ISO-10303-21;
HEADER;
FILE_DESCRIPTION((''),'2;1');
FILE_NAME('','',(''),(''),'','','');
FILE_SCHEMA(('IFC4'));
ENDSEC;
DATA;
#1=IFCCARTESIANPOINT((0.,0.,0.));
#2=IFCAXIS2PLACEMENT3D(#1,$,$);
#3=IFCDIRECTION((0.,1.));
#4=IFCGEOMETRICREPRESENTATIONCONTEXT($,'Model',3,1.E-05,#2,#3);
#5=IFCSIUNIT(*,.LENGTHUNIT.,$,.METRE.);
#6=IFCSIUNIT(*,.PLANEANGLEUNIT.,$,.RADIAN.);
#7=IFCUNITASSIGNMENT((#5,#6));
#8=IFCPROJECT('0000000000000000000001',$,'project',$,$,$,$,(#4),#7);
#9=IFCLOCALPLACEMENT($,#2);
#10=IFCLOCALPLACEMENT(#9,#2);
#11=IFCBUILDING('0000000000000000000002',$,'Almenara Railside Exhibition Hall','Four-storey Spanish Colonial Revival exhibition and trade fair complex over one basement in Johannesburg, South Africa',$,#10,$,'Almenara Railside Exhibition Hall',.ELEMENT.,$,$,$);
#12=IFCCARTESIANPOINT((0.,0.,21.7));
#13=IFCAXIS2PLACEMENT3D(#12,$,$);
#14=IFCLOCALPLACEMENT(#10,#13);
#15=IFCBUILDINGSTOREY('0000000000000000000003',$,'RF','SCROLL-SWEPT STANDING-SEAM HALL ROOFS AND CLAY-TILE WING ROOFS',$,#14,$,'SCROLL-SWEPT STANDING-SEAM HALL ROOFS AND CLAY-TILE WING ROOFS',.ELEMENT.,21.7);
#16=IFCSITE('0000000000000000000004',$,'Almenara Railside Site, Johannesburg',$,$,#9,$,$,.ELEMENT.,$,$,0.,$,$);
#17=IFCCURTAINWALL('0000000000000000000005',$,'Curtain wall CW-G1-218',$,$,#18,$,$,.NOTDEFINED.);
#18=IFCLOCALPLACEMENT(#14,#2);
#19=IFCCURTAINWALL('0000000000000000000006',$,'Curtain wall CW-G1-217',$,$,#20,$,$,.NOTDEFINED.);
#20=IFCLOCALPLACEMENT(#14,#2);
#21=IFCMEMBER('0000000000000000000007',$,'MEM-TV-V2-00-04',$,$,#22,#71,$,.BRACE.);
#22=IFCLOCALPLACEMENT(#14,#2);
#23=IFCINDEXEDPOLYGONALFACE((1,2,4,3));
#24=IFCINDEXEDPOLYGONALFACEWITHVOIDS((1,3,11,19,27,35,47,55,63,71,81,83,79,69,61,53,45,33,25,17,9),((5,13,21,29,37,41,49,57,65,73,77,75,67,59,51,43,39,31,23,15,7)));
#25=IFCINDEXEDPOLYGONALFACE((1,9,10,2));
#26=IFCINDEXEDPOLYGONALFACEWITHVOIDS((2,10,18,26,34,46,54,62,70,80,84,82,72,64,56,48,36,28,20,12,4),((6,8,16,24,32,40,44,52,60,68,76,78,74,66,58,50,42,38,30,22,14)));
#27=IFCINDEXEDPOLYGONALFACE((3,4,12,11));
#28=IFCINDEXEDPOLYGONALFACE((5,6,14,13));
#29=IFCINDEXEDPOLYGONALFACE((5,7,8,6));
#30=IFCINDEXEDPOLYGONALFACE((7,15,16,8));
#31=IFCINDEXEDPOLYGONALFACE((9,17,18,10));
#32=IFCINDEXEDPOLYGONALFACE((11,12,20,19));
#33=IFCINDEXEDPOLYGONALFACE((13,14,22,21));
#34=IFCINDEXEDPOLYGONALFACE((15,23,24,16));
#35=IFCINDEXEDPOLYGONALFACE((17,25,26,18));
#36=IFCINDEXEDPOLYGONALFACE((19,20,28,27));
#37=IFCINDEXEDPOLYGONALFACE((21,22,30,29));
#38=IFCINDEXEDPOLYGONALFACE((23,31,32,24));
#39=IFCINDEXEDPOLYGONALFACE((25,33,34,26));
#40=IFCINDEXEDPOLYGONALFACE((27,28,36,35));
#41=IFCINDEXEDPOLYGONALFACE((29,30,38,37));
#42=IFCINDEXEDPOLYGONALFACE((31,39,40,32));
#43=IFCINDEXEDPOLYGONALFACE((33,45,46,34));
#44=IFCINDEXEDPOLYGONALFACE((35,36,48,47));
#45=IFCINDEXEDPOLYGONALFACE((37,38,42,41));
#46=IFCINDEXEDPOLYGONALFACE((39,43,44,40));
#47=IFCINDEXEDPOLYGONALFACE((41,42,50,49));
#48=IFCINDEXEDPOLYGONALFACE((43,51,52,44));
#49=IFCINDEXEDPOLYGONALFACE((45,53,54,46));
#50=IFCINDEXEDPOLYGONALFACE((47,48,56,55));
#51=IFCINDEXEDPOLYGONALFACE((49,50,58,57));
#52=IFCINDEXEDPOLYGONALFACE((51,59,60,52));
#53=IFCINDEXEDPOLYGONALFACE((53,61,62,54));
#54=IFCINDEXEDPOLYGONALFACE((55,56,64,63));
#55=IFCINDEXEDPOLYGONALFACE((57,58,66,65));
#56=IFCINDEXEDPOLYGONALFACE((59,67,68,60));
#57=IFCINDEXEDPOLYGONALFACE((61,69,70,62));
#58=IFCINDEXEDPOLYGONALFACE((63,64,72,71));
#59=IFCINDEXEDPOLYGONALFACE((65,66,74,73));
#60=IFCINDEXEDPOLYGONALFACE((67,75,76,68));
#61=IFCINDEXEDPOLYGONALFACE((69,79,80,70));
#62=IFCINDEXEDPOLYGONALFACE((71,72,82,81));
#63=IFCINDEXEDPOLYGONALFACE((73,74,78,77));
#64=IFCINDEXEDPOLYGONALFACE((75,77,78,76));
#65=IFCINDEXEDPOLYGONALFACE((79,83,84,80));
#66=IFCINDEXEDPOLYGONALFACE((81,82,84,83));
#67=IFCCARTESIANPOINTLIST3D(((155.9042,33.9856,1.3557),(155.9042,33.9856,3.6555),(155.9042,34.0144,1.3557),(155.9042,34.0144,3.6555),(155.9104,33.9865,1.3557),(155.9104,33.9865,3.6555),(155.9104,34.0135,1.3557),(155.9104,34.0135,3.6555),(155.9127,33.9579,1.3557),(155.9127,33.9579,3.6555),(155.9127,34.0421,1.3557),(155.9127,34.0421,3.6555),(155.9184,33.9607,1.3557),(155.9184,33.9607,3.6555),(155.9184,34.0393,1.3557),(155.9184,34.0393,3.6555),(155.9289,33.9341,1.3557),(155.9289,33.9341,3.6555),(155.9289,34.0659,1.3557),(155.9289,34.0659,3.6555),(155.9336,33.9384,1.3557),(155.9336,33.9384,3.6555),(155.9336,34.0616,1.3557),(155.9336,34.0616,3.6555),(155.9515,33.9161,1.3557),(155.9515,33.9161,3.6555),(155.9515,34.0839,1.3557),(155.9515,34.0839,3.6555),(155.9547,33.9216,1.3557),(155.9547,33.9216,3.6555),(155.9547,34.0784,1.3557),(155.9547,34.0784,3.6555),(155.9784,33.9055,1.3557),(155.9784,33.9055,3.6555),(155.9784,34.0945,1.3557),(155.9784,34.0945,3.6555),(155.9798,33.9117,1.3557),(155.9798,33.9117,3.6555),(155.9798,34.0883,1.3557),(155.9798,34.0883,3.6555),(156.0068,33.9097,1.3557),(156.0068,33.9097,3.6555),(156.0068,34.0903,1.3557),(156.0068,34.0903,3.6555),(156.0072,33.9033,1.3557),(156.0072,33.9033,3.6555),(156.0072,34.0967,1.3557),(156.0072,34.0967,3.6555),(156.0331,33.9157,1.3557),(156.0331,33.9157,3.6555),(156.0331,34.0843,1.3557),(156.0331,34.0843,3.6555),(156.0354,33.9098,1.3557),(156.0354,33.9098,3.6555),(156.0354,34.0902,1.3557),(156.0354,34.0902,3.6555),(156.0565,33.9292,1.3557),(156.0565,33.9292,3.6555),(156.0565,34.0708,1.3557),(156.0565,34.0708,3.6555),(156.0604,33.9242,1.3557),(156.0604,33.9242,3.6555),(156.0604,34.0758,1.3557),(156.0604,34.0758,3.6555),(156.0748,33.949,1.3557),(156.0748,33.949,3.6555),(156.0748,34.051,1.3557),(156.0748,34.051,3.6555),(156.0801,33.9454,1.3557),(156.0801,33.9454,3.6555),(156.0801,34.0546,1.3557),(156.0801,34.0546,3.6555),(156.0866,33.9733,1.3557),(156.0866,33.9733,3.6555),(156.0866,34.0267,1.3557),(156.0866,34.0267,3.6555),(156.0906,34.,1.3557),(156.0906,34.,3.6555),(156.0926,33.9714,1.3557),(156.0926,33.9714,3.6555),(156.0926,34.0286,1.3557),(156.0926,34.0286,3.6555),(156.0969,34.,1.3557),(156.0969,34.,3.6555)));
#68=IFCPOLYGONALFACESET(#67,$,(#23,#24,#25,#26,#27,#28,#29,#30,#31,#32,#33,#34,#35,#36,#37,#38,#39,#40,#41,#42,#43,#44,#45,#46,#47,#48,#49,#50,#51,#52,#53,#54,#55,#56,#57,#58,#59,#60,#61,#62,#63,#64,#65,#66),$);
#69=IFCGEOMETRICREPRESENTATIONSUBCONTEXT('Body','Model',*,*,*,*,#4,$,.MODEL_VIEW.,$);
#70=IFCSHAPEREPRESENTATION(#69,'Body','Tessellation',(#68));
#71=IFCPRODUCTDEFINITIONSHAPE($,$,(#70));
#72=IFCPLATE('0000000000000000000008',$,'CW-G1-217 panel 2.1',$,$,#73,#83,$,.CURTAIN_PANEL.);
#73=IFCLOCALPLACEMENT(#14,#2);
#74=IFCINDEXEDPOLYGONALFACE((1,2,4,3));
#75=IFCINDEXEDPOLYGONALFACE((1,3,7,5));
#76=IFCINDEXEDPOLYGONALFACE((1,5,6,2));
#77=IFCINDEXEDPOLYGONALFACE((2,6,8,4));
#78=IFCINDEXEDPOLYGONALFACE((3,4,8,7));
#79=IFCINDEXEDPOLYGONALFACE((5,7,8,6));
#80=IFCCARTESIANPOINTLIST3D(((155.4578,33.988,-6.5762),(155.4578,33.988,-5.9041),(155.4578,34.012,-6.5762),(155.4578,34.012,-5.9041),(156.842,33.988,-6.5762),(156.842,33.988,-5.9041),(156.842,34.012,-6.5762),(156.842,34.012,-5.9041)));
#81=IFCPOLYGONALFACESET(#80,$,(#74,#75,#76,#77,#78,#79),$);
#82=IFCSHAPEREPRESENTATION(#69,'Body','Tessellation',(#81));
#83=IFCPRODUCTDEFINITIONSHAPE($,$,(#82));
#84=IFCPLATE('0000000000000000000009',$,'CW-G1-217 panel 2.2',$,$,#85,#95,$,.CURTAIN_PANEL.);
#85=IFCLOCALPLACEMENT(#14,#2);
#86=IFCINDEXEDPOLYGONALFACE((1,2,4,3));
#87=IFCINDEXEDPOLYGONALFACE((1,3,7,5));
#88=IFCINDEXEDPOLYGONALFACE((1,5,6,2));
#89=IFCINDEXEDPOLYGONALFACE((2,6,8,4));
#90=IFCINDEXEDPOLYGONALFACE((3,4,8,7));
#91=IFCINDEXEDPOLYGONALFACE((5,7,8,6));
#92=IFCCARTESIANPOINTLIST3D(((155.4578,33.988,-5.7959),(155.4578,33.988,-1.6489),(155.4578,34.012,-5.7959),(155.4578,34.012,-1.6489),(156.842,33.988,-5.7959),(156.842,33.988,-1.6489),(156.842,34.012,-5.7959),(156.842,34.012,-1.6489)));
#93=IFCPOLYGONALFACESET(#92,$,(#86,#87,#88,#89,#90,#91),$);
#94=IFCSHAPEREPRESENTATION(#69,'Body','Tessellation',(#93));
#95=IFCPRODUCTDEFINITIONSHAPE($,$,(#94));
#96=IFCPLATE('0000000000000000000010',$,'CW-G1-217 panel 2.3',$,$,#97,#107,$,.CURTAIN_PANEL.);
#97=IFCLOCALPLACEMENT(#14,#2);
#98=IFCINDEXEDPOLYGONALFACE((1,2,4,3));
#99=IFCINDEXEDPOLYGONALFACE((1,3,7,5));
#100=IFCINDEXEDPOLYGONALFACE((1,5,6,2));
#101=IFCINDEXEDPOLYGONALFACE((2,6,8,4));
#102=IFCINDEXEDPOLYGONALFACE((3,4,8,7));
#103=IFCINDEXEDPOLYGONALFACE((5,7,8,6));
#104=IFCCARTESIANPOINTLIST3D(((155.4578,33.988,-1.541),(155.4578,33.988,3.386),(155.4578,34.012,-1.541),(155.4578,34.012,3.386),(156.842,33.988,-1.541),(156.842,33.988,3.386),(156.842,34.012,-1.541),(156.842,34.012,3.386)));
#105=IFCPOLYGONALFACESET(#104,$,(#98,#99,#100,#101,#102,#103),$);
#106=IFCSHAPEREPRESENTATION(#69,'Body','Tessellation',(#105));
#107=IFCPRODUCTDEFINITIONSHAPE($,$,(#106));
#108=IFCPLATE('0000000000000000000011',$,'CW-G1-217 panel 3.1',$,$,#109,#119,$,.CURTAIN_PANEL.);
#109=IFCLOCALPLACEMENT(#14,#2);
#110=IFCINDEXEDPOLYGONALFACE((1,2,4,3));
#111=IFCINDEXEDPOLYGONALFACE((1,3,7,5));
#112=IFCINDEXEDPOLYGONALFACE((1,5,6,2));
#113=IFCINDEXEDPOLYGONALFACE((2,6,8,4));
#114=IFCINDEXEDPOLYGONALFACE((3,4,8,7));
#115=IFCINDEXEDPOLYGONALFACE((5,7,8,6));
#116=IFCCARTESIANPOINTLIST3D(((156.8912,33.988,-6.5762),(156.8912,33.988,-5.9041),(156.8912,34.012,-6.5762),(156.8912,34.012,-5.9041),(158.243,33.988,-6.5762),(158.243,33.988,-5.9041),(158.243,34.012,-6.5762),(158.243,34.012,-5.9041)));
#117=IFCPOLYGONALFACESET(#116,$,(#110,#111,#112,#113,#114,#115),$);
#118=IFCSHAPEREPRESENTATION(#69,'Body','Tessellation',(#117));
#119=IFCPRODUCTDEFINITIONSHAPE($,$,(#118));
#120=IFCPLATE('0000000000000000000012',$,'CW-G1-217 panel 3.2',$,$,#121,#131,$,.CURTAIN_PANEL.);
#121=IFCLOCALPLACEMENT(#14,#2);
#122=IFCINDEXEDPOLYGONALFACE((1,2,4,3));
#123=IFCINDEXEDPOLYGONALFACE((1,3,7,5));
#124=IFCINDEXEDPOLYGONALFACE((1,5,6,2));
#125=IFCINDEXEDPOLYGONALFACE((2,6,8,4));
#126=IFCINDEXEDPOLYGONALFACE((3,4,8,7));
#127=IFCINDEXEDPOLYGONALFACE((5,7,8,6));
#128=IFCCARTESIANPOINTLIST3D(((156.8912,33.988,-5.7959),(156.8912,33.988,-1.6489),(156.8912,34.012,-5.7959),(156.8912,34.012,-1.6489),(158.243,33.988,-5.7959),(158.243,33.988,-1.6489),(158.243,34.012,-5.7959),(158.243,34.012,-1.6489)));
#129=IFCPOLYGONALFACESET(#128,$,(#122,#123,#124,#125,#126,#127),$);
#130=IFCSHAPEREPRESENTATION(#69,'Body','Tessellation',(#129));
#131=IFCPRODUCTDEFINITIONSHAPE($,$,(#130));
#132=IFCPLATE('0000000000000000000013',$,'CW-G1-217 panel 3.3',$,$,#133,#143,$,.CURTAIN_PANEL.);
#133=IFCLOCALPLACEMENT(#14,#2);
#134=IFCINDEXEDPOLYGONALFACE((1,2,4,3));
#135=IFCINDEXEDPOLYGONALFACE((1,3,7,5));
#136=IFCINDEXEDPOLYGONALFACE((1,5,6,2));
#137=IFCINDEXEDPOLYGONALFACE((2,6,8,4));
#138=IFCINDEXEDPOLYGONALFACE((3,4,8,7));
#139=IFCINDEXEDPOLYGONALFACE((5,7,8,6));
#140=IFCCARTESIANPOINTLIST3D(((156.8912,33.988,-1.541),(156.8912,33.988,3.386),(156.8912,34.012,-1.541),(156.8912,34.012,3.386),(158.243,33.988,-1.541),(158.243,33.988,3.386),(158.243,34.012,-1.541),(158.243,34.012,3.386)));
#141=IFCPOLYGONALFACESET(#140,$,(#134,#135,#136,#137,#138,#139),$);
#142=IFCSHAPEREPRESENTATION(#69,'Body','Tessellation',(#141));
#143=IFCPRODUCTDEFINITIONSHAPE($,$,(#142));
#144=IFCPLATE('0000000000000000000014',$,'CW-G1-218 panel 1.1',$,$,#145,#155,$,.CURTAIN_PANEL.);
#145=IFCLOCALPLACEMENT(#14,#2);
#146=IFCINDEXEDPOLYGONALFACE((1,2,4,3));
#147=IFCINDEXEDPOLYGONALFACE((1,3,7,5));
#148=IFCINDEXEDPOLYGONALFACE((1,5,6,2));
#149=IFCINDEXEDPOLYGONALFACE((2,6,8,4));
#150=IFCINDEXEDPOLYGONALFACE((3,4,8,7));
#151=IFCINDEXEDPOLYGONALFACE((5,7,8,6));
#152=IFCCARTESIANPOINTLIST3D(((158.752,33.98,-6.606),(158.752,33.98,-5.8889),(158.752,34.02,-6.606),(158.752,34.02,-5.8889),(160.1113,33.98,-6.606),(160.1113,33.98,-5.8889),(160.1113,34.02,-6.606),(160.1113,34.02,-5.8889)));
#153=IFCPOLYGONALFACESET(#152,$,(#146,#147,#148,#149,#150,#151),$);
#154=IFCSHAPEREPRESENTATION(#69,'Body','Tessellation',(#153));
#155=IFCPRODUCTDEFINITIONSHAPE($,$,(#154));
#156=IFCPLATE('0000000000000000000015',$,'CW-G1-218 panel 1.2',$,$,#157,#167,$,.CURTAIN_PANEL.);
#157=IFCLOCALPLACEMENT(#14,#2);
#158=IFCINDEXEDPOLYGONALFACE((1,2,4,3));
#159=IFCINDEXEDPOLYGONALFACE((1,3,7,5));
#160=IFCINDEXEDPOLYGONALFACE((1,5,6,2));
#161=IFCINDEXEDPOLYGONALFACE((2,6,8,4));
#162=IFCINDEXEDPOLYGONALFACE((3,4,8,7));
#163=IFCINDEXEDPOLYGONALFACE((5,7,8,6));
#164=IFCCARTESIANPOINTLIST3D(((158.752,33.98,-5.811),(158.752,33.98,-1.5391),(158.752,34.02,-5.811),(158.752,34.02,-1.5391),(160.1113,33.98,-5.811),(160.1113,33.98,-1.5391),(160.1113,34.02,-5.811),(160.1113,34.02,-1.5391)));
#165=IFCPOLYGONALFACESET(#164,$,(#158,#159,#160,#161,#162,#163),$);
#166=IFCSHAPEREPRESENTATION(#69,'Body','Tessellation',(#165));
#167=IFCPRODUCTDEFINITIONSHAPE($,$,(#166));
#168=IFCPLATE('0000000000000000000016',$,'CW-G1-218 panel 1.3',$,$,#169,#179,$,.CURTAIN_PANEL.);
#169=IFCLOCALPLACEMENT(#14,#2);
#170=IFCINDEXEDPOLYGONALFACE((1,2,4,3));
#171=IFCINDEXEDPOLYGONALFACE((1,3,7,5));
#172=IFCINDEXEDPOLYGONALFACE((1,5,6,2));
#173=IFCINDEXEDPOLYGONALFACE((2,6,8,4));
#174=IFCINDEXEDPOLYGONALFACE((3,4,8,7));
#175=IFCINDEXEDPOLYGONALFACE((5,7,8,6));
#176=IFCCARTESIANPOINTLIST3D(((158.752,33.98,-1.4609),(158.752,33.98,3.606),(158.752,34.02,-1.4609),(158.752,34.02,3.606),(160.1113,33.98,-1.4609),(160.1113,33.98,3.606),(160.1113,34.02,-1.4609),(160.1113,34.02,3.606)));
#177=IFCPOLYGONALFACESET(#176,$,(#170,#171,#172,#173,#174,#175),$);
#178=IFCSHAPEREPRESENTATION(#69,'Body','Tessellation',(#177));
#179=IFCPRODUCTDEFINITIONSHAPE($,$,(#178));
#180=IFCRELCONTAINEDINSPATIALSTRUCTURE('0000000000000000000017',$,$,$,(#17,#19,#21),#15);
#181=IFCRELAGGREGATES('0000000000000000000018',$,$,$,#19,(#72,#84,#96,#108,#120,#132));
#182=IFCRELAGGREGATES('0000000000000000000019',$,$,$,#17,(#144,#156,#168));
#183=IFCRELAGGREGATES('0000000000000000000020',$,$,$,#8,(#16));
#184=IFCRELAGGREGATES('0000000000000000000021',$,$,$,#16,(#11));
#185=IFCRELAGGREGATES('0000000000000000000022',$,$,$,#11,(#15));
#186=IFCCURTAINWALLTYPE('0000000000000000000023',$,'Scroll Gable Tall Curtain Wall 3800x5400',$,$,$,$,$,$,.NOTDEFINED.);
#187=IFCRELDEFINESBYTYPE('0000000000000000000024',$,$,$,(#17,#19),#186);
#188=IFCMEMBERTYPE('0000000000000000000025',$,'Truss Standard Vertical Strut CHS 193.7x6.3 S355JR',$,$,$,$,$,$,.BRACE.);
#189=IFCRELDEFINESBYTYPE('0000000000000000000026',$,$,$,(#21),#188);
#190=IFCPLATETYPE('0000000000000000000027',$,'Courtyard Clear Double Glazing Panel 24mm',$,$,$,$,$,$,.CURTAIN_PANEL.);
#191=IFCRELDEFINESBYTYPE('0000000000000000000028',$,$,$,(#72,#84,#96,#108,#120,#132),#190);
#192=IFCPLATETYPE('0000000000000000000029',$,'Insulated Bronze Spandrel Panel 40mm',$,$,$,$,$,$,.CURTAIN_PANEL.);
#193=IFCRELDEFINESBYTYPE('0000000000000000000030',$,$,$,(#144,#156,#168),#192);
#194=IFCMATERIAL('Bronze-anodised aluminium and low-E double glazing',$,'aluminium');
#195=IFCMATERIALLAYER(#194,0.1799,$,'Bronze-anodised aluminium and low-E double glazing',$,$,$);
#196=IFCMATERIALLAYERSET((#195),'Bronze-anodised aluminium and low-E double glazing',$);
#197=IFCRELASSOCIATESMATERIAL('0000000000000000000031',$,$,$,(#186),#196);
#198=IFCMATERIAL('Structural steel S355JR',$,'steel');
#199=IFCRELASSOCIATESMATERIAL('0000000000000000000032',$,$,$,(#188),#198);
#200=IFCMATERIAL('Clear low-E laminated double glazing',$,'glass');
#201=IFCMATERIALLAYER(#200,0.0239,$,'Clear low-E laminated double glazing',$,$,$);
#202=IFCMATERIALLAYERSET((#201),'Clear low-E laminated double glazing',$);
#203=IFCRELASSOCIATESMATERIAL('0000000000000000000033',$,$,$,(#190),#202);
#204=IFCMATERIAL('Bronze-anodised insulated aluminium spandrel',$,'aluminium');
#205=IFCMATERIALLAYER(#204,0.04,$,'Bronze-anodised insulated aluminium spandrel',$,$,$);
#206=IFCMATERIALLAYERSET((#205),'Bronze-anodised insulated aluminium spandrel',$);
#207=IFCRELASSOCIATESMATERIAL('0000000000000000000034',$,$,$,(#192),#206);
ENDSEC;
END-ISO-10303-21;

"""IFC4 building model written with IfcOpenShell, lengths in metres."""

from ifc_helpers import new_model, si_unit, direction, frame, origin, origin_2d, place, context, subcontext, project, spatial, rectangle, hollow_circle, extrude, material, layer, layer_set, material_profile, profile_set, type_object, element, aggregate, save


model = new_model("IFC4")

# Units and contexts
model_context = context("Model", 3, precision=1e-05, world=origin(), true_north=direction((0.0, 1.0)))
body_context = subcontext(model_context, "Body", "Model", "MODEL_VIEW")
ifc_project = project(units=[si_unit("LENGTHUNIT", "METRE"), si_unit("PLANEANGLEUNIT", "RADIAN")], contexts=[model_context])

# Site, building, storey
site_placement = place(None, origin())
site = spatial("IfcSite", under=ifc_project, at=site_placement, Name="Almenara Railside Site, Johannesburg", CompositionType="ELEMENT", RefElevation=0.0)
building_placement = place(site_placement, origin())
building = spatial("IfcBuilding", under=site, at=building_placement, Name="Almenara Railside Exhibition Hall", Description="Four-storey Spanish Colonial Revival exhibition and trade fair complex over one basement in Johannesburg, South Africa", LongName="Almenara Railside Exhibition Hall", CompositionType="ELEMENT")
storey_placement = place(building_placement, frame((0.0, 0.0, 21.7)))
storey = spatial("IfcBuildingStorey", under=building, at=storey_placement, Name="RF", Description="SCROLL-SWEPT STANDING-SEAM HALL ROOFS AND CLAY-TILE WING ROOFS", LongName="SCROLL-SWEPT STANDING-SEAM HALL ROOFS AND CLAY-TILE WING ROOFS", CompositionType="ELEMENT", Elevation=21.7)

# Shared definitions
ifc_material_1 = material(Name="Structural steel S355JR", Category="steel")

# Curtain walls
ifc_material_2 = material(Name="Bronze-anodised aluminium and low-E double glazing", Category="aluminium")
ifc_layer_1 = layer(ifc_material_2, 0.1799, Name="Bronze-anodised aluminium and low-E double glazing")
ifc_layer_set_1 = layer_set([ifc_layer_1], Name="Bronze-anodised aluminium and low-E double glazing")
curtain_wall_type = type_object("IfcCurtainWallType", Name="Scroll Gable Tall Curtain Wall 3800x5400", PredefinedType="NOTDEFINED", material=ifc_layer_set_1)
curtain_wall_1_placement = place(storey_placement, origin())
curtain_wall_1 = element("IfcCurtainWall", 1, at=curtain_wall_1_placement, inside=storey, type_object=curtain_wall_type, Name="Curtain wall CW-G1-218", PredefinedType="NOTDEFINED")
curtain_wall_2_placement = place(storey_placement, origin())
curtain_wall_2 = element("IfcCurtainWall", 2, at=curtain_wall_2_placement, inside=storey, type_object=curtain_wall_type, Name="Curtain wall CW-G1-217", PredefinedType="NOTDEFINED")

# Member
ifc_material_profile_1 = material_profile(ifc_material_1, hollow_circle(Radius=0.0969, WallThickness=0.0063, at=origin_2d()), Name="CHS 193.7x6.3")
ifc_profile_set_1 = profile_set([ifc_material_profile_1], Name="Structural steel S355JR")
member_type_1 = type_object("IfcMemberType", Name="Truss Standard Vertical Strut CHS 193.7x6.3 S355JR", PredefinedType="BRACE", material=ifc_profile_set_1)
member_1_placement = place(storey_placement, frame((156.0, 34.0, 1.3557), z_axis=(0.0, 0.0, 1.0), x_axis=(1.0, 0.0, 0.0)))
element("IfcMember", 3, at=member_1_placement, inside=storey, type_object=member_type_1, Name="MEM-TV-V2-00-04", PredefinedType="BRACE", context=body_context, shape_type="SweptSolid", body=[
    extrude(hollow_circle(Radius=0.0969, WallThickness=0.0063, at=origin_2d()), origin(), (0.0, 0.0, 1.0), 2.2998),
])

# Plates
ifc_material_3 = material(Name="Clear low-E laminated double glazing", Category="glass")
ifc_layer_2 = layer(ifc_material_3, 0.0239, Name="Clear low-E laminated double glazing")
ifc_layer_set_2 = layer_set([ifc_layer_2], Name="Clear low-E laminated double glazing")
plate_type_1 = type_object("IfcPlateType", Name="Courtyard Clear Double Glazing Panel 24mm", PredefinedType="CURTAIN_PANEL", material=ifc_layer_set_2)
plate_1_placement = place(storey_placement, frame((156.1499, 34.0, -6.5762), z_axis=(0.0, 0.0, 1.0), x_axis=(1.0, 0.0, 0.0)))
plate_1 = element("IfcPlate", 4, at=plate_1_placement, type_object=plate_type_1, Name="CW-G1-217 panel 2.1", PredefinedType="CURTAIN_PANEL", context=body_context, shape_type="SweptSolid", body=[
    extrude(rectangle(XDim=1.3843, YDim=0.0239, at=origin_2d()), origin(), (0.0, 0.0, 1.0), 0.6721),
])
plate_2_placement = place(storey_placement, frame((156.1499, 34.0, -5.7959), z_axis=(0.0, 0.0, 1.0), x_axis=(1.0, 0.0, 0.0)))
plate_2 = element("IfcPlate", 5, at=plate_2_placement, type_object=plate_type_1, Name="CW-G1-217 panel 2.2", PredefinedType="CURTAIN_PANEL", context=body_context, shape_type="SweptSolid", body=[
    extrude(rectangle(XDim=1.3843, YDim=0.0239, at=origin_2d()), origin(), (0.0, 0.0, 1.0), 4.147),
])
plate_3_placement = place(storey_placement, frame((156.1499, 34.0, -1.541), z_axis=(0.0, 0.0, 1.0), x_axis=(1.0, 0.0, 0.0)))
plate_3 = element("IfcPlate", 6, at=plate_3_placement, type_object=plate_type_1, Name="CW-G1-217 panel 2.3", PredefinedType="CURTAIN_PANEL", context=body_context, shape_type="SweptSolid", body=[
    extrude(rectangle(XDim=1.3843, YDim=0.0239, at=origin_2d()), origin(), (0.0, 0.0, 1.0), 4.927),
])
plate_4_placement = place(storey_placement, frame((157.5671, 34.0, -6.5762), z_axis=(0.0, 0.0, 1.0), x_axis=(1.0, 0.0, 0.0)))
plate_4 = element("IfcPlate", 7, at=plate_4_placement, type_object=plate_type_1, Name="CW-G1-217 panel 3.1", PredefinedType="CURTAIN_PANEL", context=body_context, shape_type="SweptSolid", body=[
    extrude(rectangle(XDim=1.3518, YDim=0.0239, at=origin_2d()), origin(), (0.0, 0.0, 1.0), 0.6721),
])
plate_5_placement = place(storey_placement, frame((157.5671, 34.0, -5.7959), z_axis=(0.0, 0.0, 1.0), x_axis=(1.0, 0.0, 0.0)))
plate_5 = element("IfcPlate", 8, at=plate_5_placement, type_object=plate_type_1, Name="CW-G1-217 panel 3.2", PredefinedType="CURTAIN_PANEL", context=body_context, shape_type="SweptSolid", body=[
    extrude(rectangle(XDim=1.3518, YDim=0.0239, at=origin_2d()), origin(), (0.0, 0.0, 1.0), 4.147),
])
plate_6_placement = place(storey_placement, frame((157.5671, 34.0, -1.541), z_axis=(0.0, 0.0, 1.0), x_axis=(1.0, 0.0, 0.0)))
plate_6 = element("IfcPlate", 9, at=plate_6_placement, type_object=plate_type_1, Name="CW-G1-217 panel 3.3", PredefinedType="CURTAIN_PANEL", context=body_context, shape_type="SweptSolid", body=[
    extrude(rectangle(XDim=1.3518, YDim=0.0239, at=origin_2d()), origin(), (0.0, 0.0, 1.0), 4.927),
])
aggregate(curtain_wall_2, [plate_1, plate_2, plate_3, plate_4, plate_5, plate_6])
ifc_material_4 = material(Name="Bronze-anodised insulated aluminium spandrel", Category="aluminium")
ifc_layer_3 = layer(ifc_material_4, 0.04, Name="Bronze-anodised insulated aluminium spandrel")
ifc_layer_set_3 = layer_set([ifc_layer_3], Name="Bronze-anodised insulated aluminium spandrel")
plate_type_2 = type_object("IfcPlateType", Name="Insulated Bronze Spandrel Panel 40mm", PredefinedType="CURTAIN_PANEL", material=ifc_layer_set_3)
plate_7_placement = place(storey_placement, frame((159.4316, 34.0, -6.606), z_axis=(0.0, 0.0, 1.0), x_axis=(1.0, 0.0, 0.0)))
plate_7 = element("IfcPlate", 10, at=plate_7_placement, type_object=plate_type_2, Name="CW-G1-218 panel 1.1", PredefinedType="CURTAIN_PANEL", context=body_context, shape_type="SweptSolid", body=[
    extrude(rectangle(XDim=1.3594, YDim=0.04, at=origin_2d()), origin(), (0.0, 0.0, 1.0), 0.717),
])
plate_8_placement = place(storey_placement, frame((159.4316, 34.0, -5.811), z_axis=(0.0, 0.0, 1.0), x_axis=(1.0, 0.0, 0.0)))
plate_8 = element("IfcPlate", 11, at=plate_8_placement, type_object=plate_type_2, Name="CW-G1-218 panel 1.2", PredefinedType="CURTAIN_PANEL", context=body_context, shape_type="SweptSolid", body=[
    extrude(rectangle(XDim=1.3594, YDim=0.04, at=origin_2d()), origin(), (0.0, 0.0, 1.0), 4.272),
])
plate_9_placement = place(storey_placement, frame((159.4316, 34.0, -1.4609), z_axis=(0.0, 0.0, 1.0), x_axis=(1.0, 0.0, 0.0)))
plate_9 = element("IfcPlate", 12, at=plate_9_placement, type_object=plate_type_2, Name="CW-G1-218 panel 1.3", PredefinedType="CURTAIN_PANEL", context=body_context, shape_type="SweptSolid", body=[
    extrude(rectangle(XDim=1.3594, YDim=0.04, at=origin_2d()), origin(), (0.0, 0.0, 1.0), 5.0669),
])
aggregate(curtain_wall_1, [plate_7, plate_8, plate_9])

save(model, "model.ifc")
